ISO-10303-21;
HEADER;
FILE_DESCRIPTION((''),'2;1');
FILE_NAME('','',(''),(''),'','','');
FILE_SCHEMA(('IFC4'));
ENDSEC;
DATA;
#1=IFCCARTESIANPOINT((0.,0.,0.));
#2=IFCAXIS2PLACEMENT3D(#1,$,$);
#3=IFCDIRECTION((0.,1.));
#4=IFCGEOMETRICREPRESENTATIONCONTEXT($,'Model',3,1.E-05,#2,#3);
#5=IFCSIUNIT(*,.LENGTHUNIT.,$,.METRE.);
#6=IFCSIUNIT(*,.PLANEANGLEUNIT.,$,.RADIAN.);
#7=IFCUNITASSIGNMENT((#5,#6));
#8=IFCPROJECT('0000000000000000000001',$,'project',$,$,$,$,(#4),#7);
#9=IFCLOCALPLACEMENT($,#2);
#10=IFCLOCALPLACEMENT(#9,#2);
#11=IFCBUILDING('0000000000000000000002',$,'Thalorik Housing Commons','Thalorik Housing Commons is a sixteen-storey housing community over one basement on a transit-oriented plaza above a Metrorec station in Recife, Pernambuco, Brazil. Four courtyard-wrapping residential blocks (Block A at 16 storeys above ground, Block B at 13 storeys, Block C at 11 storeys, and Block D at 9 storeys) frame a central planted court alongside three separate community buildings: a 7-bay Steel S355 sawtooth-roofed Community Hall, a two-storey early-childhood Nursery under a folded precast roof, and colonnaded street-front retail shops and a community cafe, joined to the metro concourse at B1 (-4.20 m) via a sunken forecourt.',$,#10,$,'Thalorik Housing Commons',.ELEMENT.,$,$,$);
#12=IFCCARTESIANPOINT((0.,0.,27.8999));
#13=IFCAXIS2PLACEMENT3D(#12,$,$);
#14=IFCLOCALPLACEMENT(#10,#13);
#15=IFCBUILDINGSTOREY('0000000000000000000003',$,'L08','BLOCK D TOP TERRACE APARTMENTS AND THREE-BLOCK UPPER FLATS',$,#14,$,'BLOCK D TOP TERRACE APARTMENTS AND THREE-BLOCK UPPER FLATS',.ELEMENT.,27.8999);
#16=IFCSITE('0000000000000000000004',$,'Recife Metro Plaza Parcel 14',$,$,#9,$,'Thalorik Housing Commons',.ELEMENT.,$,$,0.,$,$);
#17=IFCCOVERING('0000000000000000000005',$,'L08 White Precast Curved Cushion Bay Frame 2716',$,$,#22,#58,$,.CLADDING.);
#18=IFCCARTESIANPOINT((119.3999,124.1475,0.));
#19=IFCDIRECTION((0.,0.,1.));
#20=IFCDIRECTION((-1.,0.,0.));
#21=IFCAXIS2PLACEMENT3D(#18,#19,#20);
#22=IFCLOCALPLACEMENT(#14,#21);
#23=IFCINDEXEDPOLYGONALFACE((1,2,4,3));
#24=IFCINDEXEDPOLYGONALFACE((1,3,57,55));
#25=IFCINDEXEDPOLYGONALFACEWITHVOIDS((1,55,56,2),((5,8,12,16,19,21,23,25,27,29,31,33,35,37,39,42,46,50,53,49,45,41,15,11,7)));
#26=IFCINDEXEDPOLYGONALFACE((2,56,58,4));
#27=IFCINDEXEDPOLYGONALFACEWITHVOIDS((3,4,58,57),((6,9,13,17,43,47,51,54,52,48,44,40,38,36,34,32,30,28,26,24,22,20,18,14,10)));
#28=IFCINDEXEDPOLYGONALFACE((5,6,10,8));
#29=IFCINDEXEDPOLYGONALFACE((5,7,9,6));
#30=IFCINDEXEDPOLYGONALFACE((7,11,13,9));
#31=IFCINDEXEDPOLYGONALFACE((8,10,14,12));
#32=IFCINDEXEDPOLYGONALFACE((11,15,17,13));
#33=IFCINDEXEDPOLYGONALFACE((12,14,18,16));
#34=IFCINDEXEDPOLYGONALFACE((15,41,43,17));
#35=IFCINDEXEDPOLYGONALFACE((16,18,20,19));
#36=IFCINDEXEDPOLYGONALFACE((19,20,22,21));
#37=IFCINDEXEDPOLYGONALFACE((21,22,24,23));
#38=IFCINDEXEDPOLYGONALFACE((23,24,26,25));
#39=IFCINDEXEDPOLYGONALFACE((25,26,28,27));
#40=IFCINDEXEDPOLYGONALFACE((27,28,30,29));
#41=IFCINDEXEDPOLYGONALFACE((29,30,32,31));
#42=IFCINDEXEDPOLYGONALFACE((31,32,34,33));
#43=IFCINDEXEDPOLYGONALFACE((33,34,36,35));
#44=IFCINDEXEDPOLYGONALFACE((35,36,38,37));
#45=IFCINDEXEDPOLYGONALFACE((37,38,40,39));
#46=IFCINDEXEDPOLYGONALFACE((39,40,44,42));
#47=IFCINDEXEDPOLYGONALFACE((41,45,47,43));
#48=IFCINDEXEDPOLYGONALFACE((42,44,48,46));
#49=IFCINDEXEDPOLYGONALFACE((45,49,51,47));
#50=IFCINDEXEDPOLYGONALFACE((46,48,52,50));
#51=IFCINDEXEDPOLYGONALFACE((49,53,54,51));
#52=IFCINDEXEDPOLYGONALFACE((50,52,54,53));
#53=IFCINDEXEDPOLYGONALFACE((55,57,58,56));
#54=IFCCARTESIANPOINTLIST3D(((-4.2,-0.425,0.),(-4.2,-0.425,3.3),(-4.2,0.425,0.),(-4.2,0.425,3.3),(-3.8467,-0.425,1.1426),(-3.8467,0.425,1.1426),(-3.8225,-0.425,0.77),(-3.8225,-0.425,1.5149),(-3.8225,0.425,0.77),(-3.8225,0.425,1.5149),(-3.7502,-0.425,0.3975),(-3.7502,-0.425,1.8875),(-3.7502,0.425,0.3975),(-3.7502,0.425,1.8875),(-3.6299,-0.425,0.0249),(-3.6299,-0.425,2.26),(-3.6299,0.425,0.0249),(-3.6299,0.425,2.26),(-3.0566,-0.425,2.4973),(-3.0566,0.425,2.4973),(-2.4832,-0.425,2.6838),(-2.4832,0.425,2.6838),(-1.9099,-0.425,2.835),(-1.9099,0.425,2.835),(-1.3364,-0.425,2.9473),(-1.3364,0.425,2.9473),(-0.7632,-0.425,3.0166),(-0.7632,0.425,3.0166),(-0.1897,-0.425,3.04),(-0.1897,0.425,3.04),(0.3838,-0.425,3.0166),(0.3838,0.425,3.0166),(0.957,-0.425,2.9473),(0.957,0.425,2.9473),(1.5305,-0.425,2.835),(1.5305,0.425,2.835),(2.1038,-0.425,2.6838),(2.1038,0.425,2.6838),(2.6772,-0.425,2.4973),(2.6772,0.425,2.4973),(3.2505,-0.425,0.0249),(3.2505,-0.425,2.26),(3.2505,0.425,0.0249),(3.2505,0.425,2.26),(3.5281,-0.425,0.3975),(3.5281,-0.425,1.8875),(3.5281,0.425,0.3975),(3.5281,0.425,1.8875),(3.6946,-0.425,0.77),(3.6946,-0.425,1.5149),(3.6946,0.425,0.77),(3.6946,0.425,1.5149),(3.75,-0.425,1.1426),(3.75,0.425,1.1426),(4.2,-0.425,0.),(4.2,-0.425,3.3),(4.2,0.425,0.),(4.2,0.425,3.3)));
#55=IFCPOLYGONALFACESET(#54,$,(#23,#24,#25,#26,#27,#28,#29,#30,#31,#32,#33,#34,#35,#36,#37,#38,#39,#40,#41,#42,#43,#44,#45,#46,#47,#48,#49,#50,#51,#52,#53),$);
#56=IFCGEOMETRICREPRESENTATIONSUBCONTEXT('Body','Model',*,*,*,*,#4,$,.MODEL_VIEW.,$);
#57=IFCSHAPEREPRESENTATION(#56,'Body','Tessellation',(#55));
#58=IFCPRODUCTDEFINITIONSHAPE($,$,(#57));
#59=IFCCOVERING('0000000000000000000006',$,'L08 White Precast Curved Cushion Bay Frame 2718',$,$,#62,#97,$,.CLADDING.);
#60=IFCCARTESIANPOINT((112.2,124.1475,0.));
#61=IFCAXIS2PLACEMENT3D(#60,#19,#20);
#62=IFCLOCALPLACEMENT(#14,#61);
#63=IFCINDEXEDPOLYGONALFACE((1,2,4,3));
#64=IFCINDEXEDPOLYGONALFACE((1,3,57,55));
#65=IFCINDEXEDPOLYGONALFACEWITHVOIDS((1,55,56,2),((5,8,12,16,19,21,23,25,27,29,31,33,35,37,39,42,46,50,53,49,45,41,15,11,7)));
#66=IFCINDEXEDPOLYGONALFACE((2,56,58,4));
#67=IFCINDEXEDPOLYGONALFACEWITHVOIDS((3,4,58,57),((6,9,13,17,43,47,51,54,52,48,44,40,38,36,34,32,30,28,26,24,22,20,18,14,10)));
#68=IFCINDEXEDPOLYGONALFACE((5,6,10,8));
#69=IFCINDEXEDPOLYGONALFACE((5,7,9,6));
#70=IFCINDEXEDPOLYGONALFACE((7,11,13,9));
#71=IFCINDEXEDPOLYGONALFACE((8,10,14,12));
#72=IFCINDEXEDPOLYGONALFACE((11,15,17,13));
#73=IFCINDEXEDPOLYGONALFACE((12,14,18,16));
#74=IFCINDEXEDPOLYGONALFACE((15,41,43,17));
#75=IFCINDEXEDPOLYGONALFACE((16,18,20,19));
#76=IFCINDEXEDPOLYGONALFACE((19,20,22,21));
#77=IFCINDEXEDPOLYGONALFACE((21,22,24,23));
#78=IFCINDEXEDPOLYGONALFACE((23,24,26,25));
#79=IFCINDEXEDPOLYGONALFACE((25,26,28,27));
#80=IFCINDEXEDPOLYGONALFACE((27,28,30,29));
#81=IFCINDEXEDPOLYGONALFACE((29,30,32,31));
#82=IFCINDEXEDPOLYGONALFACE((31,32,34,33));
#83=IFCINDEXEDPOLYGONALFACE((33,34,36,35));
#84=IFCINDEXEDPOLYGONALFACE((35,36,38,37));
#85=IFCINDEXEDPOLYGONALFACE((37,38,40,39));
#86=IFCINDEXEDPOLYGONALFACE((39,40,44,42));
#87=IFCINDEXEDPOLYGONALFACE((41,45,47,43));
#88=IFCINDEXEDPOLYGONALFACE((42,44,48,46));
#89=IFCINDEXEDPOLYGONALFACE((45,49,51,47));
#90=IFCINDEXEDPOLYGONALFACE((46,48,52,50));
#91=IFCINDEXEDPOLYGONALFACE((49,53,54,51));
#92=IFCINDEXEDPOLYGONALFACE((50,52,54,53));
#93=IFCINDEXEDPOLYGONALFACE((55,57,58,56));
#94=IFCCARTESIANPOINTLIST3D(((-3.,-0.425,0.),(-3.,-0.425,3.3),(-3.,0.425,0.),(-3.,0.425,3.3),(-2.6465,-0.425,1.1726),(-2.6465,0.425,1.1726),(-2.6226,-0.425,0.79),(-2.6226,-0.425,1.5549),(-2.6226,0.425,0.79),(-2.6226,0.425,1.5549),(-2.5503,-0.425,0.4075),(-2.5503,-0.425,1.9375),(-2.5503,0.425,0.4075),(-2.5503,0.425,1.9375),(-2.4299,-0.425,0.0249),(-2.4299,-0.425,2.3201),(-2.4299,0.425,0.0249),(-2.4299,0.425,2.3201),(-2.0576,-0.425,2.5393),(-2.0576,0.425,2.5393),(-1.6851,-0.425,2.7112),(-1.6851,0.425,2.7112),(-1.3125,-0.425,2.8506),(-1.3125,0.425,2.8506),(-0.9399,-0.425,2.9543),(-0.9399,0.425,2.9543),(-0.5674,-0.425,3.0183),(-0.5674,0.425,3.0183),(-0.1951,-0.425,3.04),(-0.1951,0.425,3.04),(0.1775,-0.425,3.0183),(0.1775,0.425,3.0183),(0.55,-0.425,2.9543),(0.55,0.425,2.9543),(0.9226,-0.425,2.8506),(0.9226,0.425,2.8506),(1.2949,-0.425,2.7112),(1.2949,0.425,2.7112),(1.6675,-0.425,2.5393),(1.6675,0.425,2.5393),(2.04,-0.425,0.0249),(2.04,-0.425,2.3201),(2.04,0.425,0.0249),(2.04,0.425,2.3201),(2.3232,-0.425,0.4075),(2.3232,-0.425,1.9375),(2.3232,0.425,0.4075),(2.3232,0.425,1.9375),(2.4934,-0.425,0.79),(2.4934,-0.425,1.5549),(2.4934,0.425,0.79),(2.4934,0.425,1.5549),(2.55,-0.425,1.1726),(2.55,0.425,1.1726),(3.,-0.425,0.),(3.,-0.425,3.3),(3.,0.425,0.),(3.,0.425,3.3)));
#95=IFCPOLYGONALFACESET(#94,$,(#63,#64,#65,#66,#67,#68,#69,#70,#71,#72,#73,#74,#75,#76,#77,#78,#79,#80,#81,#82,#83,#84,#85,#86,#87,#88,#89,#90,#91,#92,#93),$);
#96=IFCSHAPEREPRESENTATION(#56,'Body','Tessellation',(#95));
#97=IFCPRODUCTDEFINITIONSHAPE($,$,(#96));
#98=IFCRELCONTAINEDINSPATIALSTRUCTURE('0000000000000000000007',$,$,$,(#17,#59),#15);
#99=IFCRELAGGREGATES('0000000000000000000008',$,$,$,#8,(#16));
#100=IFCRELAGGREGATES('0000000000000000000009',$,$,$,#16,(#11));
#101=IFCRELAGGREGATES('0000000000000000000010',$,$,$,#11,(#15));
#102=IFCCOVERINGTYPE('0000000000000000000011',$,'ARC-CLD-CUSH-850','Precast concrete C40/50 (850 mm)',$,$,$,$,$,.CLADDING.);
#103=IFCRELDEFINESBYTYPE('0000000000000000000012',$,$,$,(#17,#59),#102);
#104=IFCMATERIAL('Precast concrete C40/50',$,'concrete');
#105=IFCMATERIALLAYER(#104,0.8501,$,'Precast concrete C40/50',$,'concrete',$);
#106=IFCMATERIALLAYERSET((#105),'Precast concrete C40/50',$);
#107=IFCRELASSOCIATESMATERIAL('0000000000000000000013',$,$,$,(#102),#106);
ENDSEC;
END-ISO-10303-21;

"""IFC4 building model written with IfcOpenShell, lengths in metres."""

from ifc_helpers import new_model, si_unit, direction, frame, origin, place, context, subcontext, project, spatial, polyline, outline, extrude, material, layer, layer_set, type_object, element, save


model = new_model("IFC4")

# Units and contexts
model_context = context("Model", 3, precision=1e-05, world=origin(), true_north=direction((0.0, 1.0)))
body_context = subcontext(model_context, "Body", "Model", "MODEL_VIEW")
ifc_project = project(units=[si_unit("LENGTHUNIT", "METRE"), si_unit("PLANEANGLEUNIT", "RADIAN")], contexts=[model_context])

# Site, building, storey
site_placement = place(None, origin())
site = spatial("IfcSite", under=ifc_project, at=site_placement, Name="Recife Metro Plaza Parcel 14", LongName="Thalorik Housing Commons", CompositionType="ELEMENT", RefElevation=0.0)
building_placement = place(site_placement, origin())
building = spatial("IfcBuilding", under=site, at=building_placement, Name="Thalorik Housing Commons", Description="Thalorik Housing Commons is a sixteen-storey housing community over one basement on a transit-oriented plaza above a Metrorec station in Recife, Pernambuco, Brazil. Four courtyard-wrapping residential blocks (Block A at 16 storeys above ground, Block B at 13 storeys, Block C at 11 storeys, and Block D at 9 storeys) frame a central planted court alongside three separate community buildings: a 7-bay Steel S355 sawtooth-roofed Community Hall, a two-storey early-childhood Nursery under a folded precast roof, and colonnaded street-front retail shops and a community cafe, joined to the metro concourse at B1 (-4.20 m) via a sunken forecourt.", LongName="Thalorik Housing Commons", CompositionType="ELEMENT")
storey_placement = place(building_placement, frame((0.0, 0.0, 27.8999)))
storey = spatial("IfcBuildingStorey", under=building, at=storey_placement, Name="L08", Description="BLOCK D TOP TERRACE APARTMENTS AND THREE-BLOCK UPPER FLATS", LongName="BLOCK D TOP TERRACE APARTMENTS AND THREE-BLOCK UPPER FLATS", CompositionType="ELEMENT", Elevation=27.8999)

# Shared definitions
ifc_material_1 = material(Name="Precast concrete C40/50", Category="concrete")

# Coverings
ifc_layer_1 = layer(ifc_material_1, 0.8501, Name="Precast concrete C40/50", Category="concrete")
ifc_layer_set_1 = layer_set([ifc_layer_1], Name="Precast concrete C40/50")
covering_type_1 = type_object("IfcCoveringType", Name="ARC-CLD-CUSH-850", Description="Precast concrete C40/50 (850 mm)", PredefinedType="CLADDING", material=ifc_layer_set_1)
covering_1_placement = place(storey_placement, frame((119.3999, 124.1475, 0.0), z_axis=(0.0, 0.0, 1.0), x_axis=(-1.0, 0.0, 0.0)))
element("IfcCovering", 1, at=covering_1_placement, inside=storey, type_object=covering_type_1, Name="L08 White Precast Curved Cushion Bay Frame 2716", PredefinedType="CLADDING", context=body_context, shape_type="SweptSolid", body=[
    extrude(outline(polyline([(-4.2, 0.0), (4.2, 0.0), (4.2, 3.3), (-4.2, 3.3), (-4.2, 0.0)]), holes=[polyline([(3.2505, 0.0249), (3.5281, 0.3975), (3.6946, 0.77), (3.75, 1.1426), (3.6946, 1.5149), (3.5281, 1.8875), (3.2505, 2.26), (2.6772, 2.4973), (2.1038, 2.6838), (1.5305, 2.835), (0.957, 2.9473), (0.3838, 3.0166), (-0.1897, 3.04), (-0.7632, 3.0166), (-1.3364, 2.9473), (-1.9099, 2.835), (-2.4832, 2.6838), (-3.0566, 2.4973), (-3.6299, 2.26), (-3.7502, 1.8875), (-3.8225, 1.5149), (-3.8467, 1.1426), (-3.8225, 0.77), (-3.7502, 0.3975), (-3.6299, 0.0249), (3.2505, 0.0249)])]), frame((0.0, 0.425, 0.0), z_axis=(0.0, -1.0, 0.0), x_axis=(1.0, 0.0, 0.0)), (0.0, 0.0, 1.0), 0.8501),
])
covering_2_placement = place(storey_placement, frame((112.2, 124.1475, 0.0), z_axis=(0.0, 0.0, 1.0), x_axis=(-1.0, 0.0, 0.0)))
element("IfcCovering", 2, at=covering_2_placement, inside=storey, type_object=covering_type_1, Name="L08 White Precast Curved Cushion Bay Frame 2718", PredefinedType="CLADDING", context=body_context, shape_type="SweptSolid", body=[
    extrude(outline(polyline([(-3.0, 0.0), (3.0, 0.0), (3.0, 3.3), (-3.0, 3.3), (-3.0, 0.0)]), holes=[polyline([(2.04, 0.0249), (2.3232, 0.4075), (2.4934, 0.79), (2.55, 1.1726), (2.4934, 1.5549), (2.3232, 1.9375), (2.04, 2.3201), (1.6675, 2.5393), (1.2949, 2.7112), (0.9226, 2.8506), (0.55, 2.9543), (0.1775, 3.0183), (-0.1951, 3.04), (-0.5674, 3.0183), (-0.9399, 2.9543), (-1.3125, 2.8506), (-1.6851, 2.7112), (-2.0576, 2.5393), (-2.4299, 2.3201), (-2.5503, 1.9375), (-2.6226, 1.5549), (-2.6465, 1.1726), (-2.6226, 0.79), (-2.5503, 0.4075), (-2.4299, 0.0249), (2.04, 0.0249)])]), frame((0.0, 0.425, 0.0), z_axis=(0.0, -1.0, 0.0), x_axis=(1.0, 0.0, 0.0)), (0.0, 0.0, 1.0), 0.8501),
])

save(model, "model.ifc")
